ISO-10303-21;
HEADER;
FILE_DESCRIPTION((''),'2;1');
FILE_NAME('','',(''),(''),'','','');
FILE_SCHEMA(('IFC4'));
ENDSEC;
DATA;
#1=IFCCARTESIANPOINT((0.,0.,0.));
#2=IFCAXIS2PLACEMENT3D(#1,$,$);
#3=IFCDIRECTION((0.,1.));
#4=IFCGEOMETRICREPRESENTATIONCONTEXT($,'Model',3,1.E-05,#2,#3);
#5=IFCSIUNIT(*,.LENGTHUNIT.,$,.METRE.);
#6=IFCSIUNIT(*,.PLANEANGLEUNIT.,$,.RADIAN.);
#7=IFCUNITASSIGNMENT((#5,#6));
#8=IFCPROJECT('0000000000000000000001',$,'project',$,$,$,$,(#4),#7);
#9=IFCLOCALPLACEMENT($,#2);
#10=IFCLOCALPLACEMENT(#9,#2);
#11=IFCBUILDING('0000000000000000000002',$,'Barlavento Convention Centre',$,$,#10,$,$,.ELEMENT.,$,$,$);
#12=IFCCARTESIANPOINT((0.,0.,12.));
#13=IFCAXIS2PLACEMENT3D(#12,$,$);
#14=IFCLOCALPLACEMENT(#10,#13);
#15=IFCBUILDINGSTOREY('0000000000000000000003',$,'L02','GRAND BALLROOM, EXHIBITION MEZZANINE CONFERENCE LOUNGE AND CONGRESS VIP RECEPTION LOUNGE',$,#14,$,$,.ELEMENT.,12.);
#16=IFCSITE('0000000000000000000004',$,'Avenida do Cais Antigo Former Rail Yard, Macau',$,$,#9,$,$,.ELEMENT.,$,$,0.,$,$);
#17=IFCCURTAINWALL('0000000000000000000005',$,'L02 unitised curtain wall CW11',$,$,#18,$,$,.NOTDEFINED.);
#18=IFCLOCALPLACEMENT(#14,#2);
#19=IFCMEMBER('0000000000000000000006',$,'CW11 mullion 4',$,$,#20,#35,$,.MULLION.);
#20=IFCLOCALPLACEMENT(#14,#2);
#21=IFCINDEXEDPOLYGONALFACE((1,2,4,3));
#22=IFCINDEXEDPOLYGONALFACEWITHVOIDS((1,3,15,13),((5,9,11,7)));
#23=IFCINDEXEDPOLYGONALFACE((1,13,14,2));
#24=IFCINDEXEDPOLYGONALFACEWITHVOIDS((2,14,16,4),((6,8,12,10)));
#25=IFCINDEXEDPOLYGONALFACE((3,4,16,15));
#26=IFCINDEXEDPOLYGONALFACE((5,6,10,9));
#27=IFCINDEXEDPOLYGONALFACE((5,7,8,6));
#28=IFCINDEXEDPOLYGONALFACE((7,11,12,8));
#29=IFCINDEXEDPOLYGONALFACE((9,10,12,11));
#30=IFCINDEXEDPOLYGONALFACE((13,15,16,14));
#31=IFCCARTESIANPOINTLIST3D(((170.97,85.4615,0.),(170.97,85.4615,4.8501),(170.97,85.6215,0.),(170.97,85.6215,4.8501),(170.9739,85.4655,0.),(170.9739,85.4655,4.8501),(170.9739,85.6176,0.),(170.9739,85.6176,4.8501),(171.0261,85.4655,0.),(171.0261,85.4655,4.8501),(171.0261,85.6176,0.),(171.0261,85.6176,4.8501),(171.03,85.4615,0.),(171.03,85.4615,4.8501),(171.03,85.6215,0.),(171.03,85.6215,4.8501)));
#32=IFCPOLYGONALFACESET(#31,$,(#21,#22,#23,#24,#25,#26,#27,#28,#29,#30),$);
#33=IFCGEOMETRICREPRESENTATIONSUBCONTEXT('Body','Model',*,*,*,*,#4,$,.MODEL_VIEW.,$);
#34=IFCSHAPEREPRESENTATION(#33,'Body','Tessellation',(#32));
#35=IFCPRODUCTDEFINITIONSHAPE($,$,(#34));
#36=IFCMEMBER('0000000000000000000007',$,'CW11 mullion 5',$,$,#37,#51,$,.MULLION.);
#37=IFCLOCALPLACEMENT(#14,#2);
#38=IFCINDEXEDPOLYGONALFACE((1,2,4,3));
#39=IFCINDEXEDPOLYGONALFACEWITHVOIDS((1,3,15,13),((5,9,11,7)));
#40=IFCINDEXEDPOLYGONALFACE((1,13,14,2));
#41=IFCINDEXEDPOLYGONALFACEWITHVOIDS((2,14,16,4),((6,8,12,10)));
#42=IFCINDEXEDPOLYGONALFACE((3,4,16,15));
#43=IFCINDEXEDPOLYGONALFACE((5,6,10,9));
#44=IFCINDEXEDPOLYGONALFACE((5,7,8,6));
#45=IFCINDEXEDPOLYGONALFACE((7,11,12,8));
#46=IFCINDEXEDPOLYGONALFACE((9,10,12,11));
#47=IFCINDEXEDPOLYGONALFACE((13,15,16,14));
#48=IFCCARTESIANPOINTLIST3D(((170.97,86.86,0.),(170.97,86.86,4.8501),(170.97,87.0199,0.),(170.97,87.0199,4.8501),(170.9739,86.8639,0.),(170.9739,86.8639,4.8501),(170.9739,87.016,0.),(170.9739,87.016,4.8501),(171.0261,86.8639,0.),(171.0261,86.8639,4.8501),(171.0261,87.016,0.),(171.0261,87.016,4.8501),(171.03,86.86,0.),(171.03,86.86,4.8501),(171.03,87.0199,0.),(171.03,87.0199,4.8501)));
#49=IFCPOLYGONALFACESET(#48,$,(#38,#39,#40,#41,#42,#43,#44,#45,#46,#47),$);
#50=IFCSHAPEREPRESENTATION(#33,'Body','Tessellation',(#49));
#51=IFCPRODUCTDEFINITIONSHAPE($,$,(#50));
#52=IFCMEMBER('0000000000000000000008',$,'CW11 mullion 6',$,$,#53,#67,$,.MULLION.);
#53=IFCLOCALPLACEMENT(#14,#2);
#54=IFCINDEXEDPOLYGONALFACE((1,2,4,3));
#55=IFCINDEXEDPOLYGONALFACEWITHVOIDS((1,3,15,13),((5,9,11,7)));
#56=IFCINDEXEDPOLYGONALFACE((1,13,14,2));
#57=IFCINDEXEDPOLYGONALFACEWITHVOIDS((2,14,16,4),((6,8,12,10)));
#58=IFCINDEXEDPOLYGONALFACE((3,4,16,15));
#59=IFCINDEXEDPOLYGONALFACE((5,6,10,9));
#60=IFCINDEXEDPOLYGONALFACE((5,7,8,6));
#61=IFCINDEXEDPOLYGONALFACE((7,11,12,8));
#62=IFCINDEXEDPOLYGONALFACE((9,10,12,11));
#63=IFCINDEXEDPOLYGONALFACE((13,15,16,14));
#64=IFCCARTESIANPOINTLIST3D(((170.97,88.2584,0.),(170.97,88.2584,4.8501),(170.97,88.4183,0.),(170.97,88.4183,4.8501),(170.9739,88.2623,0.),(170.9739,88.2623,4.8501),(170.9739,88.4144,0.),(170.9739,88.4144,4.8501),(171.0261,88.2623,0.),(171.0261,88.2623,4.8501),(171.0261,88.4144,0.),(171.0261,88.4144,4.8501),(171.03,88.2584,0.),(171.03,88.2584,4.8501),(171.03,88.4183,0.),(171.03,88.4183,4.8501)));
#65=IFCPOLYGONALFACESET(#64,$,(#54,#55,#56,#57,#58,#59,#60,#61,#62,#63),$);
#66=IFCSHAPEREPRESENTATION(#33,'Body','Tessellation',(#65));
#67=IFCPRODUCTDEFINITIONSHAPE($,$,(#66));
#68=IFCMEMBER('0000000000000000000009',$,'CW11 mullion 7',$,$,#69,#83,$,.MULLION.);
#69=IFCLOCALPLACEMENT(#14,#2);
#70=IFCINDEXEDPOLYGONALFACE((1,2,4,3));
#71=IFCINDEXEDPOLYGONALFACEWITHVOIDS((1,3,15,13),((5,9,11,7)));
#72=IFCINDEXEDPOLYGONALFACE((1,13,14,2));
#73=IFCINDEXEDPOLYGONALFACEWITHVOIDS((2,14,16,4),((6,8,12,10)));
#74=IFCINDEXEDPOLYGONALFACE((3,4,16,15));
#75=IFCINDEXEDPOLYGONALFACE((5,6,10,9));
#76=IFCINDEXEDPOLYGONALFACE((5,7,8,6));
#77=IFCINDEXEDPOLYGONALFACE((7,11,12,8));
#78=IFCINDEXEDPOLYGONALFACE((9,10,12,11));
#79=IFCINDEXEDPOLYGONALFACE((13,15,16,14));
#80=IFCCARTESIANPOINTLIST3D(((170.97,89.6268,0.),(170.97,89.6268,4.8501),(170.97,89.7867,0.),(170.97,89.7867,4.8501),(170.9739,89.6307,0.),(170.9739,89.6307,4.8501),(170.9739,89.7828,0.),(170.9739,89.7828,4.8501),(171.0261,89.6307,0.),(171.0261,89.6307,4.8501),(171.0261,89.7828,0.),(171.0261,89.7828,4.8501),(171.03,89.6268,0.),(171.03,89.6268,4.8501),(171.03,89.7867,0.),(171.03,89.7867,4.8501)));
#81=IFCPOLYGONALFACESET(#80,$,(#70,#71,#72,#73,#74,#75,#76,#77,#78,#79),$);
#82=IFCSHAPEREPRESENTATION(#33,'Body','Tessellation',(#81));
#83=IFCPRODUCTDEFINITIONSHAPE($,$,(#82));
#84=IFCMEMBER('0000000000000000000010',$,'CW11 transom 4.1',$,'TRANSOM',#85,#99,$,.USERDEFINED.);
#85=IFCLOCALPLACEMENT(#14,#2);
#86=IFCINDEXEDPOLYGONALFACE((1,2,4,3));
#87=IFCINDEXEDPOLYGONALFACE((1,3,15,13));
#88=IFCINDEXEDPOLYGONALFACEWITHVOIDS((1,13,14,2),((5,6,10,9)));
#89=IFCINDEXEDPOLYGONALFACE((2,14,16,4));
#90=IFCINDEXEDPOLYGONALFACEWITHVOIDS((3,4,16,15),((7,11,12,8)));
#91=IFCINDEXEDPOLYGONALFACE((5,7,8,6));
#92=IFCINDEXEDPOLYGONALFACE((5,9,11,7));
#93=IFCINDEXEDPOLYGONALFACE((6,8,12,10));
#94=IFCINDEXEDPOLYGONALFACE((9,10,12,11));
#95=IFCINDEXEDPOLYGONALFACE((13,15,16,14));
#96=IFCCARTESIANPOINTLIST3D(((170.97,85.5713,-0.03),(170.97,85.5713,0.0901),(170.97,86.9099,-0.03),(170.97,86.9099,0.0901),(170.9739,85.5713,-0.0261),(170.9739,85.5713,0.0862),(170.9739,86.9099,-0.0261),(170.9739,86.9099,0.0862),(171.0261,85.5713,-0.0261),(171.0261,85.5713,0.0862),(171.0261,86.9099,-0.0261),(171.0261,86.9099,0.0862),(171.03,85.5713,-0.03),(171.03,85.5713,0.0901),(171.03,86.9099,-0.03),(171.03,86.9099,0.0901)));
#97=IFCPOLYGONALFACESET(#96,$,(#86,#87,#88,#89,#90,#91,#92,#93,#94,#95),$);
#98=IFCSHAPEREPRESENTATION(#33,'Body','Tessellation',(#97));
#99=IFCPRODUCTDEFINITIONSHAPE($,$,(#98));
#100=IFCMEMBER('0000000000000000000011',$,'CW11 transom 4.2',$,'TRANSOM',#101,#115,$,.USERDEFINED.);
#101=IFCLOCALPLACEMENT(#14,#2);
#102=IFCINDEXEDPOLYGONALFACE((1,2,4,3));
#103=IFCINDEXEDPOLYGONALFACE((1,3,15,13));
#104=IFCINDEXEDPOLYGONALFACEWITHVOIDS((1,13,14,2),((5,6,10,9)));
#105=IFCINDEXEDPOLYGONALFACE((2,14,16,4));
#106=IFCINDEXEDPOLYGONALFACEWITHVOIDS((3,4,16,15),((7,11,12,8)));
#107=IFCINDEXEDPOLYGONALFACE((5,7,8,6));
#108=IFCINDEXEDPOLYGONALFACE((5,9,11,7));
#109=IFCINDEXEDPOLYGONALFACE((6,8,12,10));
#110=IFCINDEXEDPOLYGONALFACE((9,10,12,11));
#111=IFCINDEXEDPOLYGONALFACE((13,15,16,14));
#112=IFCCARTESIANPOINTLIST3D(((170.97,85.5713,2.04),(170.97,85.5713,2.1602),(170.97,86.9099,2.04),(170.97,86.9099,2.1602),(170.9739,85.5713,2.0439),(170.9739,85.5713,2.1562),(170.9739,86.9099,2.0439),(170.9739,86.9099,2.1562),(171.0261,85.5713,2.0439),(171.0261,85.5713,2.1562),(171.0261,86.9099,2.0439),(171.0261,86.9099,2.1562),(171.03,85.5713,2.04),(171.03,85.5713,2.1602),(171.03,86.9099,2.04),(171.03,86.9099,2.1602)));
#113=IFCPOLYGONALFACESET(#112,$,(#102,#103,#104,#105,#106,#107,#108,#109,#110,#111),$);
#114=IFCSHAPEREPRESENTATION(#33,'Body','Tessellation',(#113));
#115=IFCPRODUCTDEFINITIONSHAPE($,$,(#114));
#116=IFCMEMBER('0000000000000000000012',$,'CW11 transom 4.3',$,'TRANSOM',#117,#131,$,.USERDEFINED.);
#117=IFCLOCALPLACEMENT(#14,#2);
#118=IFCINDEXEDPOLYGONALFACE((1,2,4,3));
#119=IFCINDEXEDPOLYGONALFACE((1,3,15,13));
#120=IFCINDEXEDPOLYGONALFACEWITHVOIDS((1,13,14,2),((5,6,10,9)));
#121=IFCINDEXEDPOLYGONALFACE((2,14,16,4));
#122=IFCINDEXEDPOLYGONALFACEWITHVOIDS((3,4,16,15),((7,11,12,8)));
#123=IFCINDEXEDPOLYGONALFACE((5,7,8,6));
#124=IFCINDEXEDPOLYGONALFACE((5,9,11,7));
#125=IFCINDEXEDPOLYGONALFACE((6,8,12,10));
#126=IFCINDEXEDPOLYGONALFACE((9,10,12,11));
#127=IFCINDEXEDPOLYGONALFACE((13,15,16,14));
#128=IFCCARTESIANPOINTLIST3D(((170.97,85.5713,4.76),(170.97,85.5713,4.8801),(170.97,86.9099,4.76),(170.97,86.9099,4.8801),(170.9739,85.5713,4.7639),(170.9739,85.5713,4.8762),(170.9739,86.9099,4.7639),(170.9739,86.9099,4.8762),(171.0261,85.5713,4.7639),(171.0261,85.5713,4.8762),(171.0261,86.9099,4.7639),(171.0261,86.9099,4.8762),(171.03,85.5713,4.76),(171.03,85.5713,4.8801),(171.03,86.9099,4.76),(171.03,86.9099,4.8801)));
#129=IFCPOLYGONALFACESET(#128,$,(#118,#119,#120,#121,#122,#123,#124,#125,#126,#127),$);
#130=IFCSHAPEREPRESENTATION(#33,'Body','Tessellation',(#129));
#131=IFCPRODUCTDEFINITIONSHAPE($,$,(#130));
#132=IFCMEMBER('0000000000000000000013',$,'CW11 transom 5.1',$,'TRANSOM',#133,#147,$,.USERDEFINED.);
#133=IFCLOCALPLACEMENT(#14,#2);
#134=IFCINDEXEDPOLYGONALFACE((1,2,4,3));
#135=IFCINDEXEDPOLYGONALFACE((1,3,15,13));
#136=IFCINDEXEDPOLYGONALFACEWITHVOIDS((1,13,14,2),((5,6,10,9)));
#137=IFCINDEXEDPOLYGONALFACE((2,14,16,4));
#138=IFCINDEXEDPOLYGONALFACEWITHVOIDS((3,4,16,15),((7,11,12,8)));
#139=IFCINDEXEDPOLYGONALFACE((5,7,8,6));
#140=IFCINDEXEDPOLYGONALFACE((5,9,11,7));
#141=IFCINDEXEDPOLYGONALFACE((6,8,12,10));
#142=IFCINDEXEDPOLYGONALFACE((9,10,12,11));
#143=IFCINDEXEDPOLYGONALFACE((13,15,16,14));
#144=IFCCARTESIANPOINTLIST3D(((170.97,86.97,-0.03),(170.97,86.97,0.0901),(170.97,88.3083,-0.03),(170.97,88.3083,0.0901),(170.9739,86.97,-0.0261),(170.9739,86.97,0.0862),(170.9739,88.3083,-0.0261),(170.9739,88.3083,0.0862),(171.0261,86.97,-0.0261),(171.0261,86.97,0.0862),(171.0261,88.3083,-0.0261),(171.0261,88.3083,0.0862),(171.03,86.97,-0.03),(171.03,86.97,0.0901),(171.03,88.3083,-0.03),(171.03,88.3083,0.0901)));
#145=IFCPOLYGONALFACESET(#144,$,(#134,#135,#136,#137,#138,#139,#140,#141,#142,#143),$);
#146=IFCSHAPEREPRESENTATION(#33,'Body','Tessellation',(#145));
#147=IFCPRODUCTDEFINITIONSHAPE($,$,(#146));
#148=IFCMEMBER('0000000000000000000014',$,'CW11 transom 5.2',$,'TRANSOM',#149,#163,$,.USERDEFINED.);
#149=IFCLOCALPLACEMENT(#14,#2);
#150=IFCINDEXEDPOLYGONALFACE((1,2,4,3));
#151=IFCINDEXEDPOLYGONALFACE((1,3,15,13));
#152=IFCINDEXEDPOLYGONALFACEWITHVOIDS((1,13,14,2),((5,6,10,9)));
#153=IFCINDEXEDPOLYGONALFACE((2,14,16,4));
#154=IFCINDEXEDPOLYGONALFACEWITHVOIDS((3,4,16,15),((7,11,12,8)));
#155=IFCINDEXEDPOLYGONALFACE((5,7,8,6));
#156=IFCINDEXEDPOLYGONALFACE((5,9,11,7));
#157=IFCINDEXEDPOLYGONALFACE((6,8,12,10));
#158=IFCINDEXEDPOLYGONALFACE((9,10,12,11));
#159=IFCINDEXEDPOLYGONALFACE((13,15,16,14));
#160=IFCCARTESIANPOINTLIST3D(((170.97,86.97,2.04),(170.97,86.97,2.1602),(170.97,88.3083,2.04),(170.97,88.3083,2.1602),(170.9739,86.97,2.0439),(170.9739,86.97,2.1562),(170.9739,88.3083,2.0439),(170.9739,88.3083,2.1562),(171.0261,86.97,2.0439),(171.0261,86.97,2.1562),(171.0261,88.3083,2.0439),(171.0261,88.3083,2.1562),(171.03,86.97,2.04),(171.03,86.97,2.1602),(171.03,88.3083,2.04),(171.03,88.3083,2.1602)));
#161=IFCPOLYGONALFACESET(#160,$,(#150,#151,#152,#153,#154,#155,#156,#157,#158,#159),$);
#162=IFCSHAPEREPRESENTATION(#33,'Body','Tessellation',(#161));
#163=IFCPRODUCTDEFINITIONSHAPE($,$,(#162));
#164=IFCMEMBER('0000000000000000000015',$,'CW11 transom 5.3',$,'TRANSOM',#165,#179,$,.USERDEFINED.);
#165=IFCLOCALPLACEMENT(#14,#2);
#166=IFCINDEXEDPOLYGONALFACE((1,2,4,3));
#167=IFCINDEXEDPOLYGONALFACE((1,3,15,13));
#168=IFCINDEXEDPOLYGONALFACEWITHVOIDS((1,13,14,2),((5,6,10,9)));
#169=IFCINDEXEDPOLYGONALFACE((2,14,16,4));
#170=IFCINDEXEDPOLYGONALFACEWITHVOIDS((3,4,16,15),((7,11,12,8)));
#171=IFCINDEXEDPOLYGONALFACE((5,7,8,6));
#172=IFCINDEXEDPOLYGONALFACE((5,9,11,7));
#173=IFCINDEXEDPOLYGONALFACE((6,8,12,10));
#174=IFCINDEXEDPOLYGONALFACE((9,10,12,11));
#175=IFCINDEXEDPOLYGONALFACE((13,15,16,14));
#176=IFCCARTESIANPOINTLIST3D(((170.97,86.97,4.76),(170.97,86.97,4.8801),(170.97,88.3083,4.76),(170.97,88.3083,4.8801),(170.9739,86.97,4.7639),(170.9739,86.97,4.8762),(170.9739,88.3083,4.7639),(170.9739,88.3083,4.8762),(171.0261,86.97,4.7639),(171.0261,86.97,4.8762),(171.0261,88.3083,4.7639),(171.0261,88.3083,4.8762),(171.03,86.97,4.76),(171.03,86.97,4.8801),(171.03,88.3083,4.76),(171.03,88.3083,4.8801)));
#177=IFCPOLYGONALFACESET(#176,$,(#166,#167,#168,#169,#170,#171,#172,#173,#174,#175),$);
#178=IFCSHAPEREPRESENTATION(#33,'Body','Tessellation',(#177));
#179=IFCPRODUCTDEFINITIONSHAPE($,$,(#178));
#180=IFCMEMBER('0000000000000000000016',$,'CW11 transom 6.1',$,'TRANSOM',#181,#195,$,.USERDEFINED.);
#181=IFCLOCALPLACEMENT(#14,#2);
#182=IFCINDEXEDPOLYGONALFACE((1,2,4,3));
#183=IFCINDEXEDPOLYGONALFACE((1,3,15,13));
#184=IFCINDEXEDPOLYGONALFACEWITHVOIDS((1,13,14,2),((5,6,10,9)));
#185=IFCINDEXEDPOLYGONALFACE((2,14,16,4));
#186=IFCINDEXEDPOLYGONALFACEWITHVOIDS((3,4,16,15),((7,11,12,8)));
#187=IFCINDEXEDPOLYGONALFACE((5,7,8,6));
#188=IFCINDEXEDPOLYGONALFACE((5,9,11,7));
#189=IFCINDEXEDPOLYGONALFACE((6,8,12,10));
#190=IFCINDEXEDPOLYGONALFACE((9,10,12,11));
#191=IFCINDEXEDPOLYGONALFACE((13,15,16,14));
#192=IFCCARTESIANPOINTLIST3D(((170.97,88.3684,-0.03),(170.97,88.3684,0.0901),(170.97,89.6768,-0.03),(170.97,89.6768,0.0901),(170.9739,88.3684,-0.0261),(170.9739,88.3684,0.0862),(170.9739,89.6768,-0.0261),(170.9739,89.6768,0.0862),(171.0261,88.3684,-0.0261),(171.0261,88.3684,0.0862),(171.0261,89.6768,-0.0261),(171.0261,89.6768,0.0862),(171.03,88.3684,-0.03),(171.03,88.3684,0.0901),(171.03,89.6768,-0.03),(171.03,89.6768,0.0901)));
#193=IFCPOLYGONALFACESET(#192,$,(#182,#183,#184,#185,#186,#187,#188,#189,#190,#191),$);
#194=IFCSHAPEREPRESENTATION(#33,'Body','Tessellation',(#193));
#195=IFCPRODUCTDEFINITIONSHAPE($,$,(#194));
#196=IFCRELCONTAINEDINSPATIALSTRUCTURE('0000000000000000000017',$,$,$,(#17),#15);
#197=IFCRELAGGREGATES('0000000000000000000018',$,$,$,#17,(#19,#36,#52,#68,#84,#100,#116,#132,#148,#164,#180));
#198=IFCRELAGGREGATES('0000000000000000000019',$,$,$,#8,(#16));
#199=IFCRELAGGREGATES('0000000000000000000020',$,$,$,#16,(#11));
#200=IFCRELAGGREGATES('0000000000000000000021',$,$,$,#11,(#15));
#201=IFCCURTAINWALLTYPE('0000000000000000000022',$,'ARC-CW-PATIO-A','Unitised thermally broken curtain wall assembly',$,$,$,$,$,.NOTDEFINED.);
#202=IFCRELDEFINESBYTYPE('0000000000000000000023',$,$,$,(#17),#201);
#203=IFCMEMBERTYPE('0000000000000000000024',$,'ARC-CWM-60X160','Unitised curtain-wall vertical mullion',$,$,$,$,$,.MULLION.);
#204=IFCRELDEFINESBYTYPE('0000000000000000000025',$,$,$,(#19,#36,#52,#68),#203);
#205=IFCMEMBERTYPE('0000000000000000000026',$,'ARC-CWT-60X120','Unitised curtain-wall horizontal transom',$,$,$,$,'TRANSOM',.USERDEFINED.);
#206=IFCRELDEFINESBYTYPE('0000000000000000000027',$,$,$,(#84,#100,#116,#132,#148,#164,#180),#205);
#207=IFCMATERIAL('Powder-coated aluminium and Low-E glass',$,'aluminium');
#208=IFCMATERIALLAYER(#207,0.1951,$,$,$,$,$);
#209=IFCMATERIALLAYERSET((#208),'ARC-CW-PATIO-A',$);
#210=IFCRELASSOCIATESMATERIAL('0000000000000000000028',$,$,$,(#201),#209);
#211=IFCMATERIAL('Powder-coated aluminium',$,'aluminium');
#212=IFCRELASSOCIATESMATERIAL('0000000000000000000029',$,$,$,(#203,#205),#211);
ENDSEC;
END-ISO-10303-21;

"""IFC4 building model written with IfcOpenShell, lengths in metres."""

from ifc_helpers import new_model, si_unit, direction, frame, origin, origin_2d, place, context, subcontext, project, spatial, hollow_rectangle, extrude, material, layer, layer_set, material_profile, profile_set, type_object, element, aggregate, save


model = new_model("IFC4")

# Units and contexts
model_context = context("Model", 3, precision=1e-05, world=origin(), true_north=direction((0.0, 1.0)))
body_context = subcontext(model_context, "Body", "Model", "MODEL_VIEW")
ifc_project = project(units=[si_unit("LENGTHUNIT", "METRE"), si_unit("PLANEANGLEUNIT", "RADIAN")], contexts=[model_context])

# Site, building, storey
site_placement = place(None, origin())
site = spatial("IfcSite", under=ifc_project, at=site_placement, Name="Avenida do Cais Antigo Former Rail Yard, Macau", CompositionType="ELEMENT", RefElevation=0.0)
building_placement = place(site_placement, origin())
building = spatial("IfcBuilding", under=site, at=building_placement, Name="Barlavento Convention Centre", CompositionType="ELEMENT")
storey_placement = place(building_placement, frame((0.0, 0.0, 12.0)))
storey = spatial("IfcBuildingStorey", under=building, at=storey_placement, Name="L02", Description="GRAND BALLROOM, EXHIBITION MEZZANINE CONFERENCE LOUNGE AND CONGRESS VIP RECEPTION LOUNGE", CompositionType="ELEMENT", Elevation=12.0)

# Curtain wall, members
ifc_material_1 = material(Name="Powder-coated aluminium and Low-E glass", Category="aluminium")
ifc_layer_1 = layer(ifc_material_1, 0.1951)
ifc_layer_set_1 = layer_set([ifc_layer_1], Name="ARC-CW-PATIO-A")
curtain_wall_type = type_object("IfcCurtainWallType", Name="ARC-CW-PATIO-A", Description="Unitised thermally broken curtain wall assembly", PredefinedType="NOTDEFINED", material=ifc_layer_set_1)
curtain_wall_placement = place(storey_placement, origin())
curtain_wall = element("IfcCurtainWall", 1, at=curtain_wall_placement, inside=storey, type_object=curtain_wall_type, Name="L02 unitised curtain wall CW11", PredefinedType="NOTDEFINED")
ifc_material_2 = material(Name="Powder-coated aluminium", Category="aluminium")
ifc_material_profile_1 = material_profile(ifc_material_2, hollow_rectangle(XDim=0.0601, YDim=0.1599, WallThickness=0.0039, at=origin_2d()), Name="AL-MULL 60x160x4")
ifc_profile_set_1 = profile_set([ifc_material_profile_1], Name="Powder-coated aluminium")
member_type_1 = type_object("IfcMemberType", Name="ARC-CWM-60X160", Description="Unitised curtain-wall vertical mullion", PredefinedType="MULLION", material=ifc_profile_set_1)
member_1_placement = place(storey_placement, frame((171.0, 85.5415, 0.0), z_axis=(0.0, 0.0, 1.0), x_axis=(-1.0, 0.0, 0.0)))
member_1 = element("IfcMember", 2, at=member_1_placement, type_object=member_type_1, Name="CW11 mullion 4", PredefinedType="MULLION", context=body_context, shape_type="SweptSolid", body=[
    extrude(hollow_rectangle(XDim=0.0601, YDim=0.1599, WallThickness=0.0039, at=origin_2d()), origin(), (0.0, 0.0, 1.0), 4.8501),
])
member_2_placement = place(storey_placement, frame((171.0, 86.9399, 0.0), z_axis=(0.0, 0.0, 1.0), x_axis=(-1.0, 0.0, 0.0)))
member_2 = element("IfcMember", 3, at=member_2_placement, type_object=member_type_1, Name="CW11 mullion 5", PredefinedType="MULLION", context=body_context, shape_type="SweptSolid", body=[
    extrude(hollow_rectangle(XDim=0.0601, YDim=0.1599, WallThickness=0.0039, at=origin_2d()), origin(), (0.0, 0.0, 1.0), 4.8501),
])
member_3_placement = place(storey_placement, frame((171.0, 88.3384, 0.0), z_axis=(0.0, 0.0, 1.0), x_axis=(-1.0, 0.0, 0.0)))
member_3 = element("IfcMember", 4, at=member_3_placement, type_object=member_type_1, Name="CW11 mullion 6", PredefinedType="MULLION", context=body_context, shape_type="SweptSolid", body=[
    extrude(hollow_rectangle(XDim=0.0601, YDim=0.1599, WallThickness=0.0039, at=origin_2d()), origin(), (0.0, 0.0, 1.0), 4.8501),
])
member_4_placement = place(storey_placement, frame((171.0, 89.7068, 0.0), z_axis=(0.0, 0.0, 1.0), x_axis=(-1.0, 0.0, 0.0)))
member_4 = element("IfcMember", 5, at=member_4_placement, type_object=member_type_1, Name="CW11 mullion 7", PredefinedType="MULLION", context=body_context, shape_type="SweptSolid", body=[
    extrude(hollow_rectangle(XDim=0.0601, YDim=0.1599, WallThickness=0.0039, at=origin_2d()), origin(), (0.0, 0.0, 1.0), 4.8501),
])
ifc_material_profile_2 = material_profile(ifc_material_2, hollow_rectangle(XDim=0.0601, YDim=0.1201, WallThickness=0.0039, at=origin_2d()), Name="AL-TRAN 60x120x4")
ifc_profile_set_2 = profile_set([ifc_material_profile_2], Name="Powder-coated aluminium")
member_type_2 = type_object("IfcMemberType", Name="ARC-CWT-60X120", Description="Unitised curtain-wall horizontal transom", ElementType="TRANSOM", PredefinedType="USERDEFINED", material=ifc_profile_set_2)
member_5_placement = place(storey_placement, frame((171.0, 85.5713, 0.03), z_axis=(0.0, 1.0, 0.0), x_axis=(-1.0, 0.0, 0.0)))
member_5 = element("IfcMember", 6, at=member_5_placement, type_object=member_type_2, Name="CW11 transom 4.1", ObjectType="TRANSOM", PredefinedType="USERDEFINED", context=body_context, shape_type="SweptSolid", body=[
    extrude(hollow_rectangle(XDim=0.0601, YDim=0.1201, WallThickness=0.0039, at=origin_2d()), origin(), (0.0, 0.0, 1.0), 1.3386),
])
member_6_placement = place(storey_placement, frame((171.0, 85.5713, 2.1001), z_axis=(0.0, 1.0, 0.0), x_axis=(-1.0, 0.0, 0.0)))
member_6 = element("IfcMember", 7, at=member_6_placement, type_object=member_type_2, Name="CW11 transom 4.2", ObjectType="TRANSOM", PredefinedType="USERDEFINED", context=body_context, shape_type="SweptSolid", body=[
    extrude(hollow_rectangle(XDim=0.0601, YDim=0.1201, WallThickness=0.0039, at=origin_2d()), origin(), (0.0, 0.0, 1.0), 1.3386),
])
member_7_placement = place(storey_placement, frame((171.0, 85.5713, 4.8201), z_axis=(0.0, 1.0, 0.0), x_axis=(-1.0, 0.0, 0.0)))
member_7 = element("IfcMember", 8, at=member_7_placement, type_object=member_type_2, Name="CW11 transom 4.3", ObjectType="TRANSOM", PredefinedType="USERDEFINED", context=body_context, shape_type="SweptSolid", body=[
    extrude(hollow_rectangle(XDim=0.0601, YDim=0.1201, WallThickness=0.0039, at=origin_2d()), origin(), (0.0, 0.0, 1.0), 1.3386),
])
member_8_placement = place(storey_placement, frame((171.0, 86.97, 0.03), z_axis=(0.0, 1.0, 0.0), x_axis=(-1.0, 0.0, 0.0)))
member_8 = element("IfcMember", 9, at=member_8_placement, type_object=member_type_2, Name="CW11 transom 5.1", ObjectType="TRANSOM", PredefinedType="USERDEFINED", context=body_context, shape_type="SweptSolid", body=[
    extrude(hollow_rectangle(XDim=0.0601, YDim=0.1201, WallThickness=0.0039, at=origin_2d()), origin(), (0.0, 0.0, 1.0), 1.3384),
])
member_9_placement = place(storey_placement, frame((171.0, 86.97, 2.1001), z_axis=(0.0, 1.0, 0.0), x_axis=(-1.0, 0.0, 0.0)))
member_9 = element("IfcMember", 10, at=member_9_placement, type_object=member_type_2, Name="CW11 transom 5.2", ObjectType="TRANSOM", PredefinedType="USERDEFINED", context=body_context, shape_type="SweptSolid", body=[
    extrude(hollow_rectangle(XDim=0.0601, YDim=0.1201, WallThickness=0.0039, at=origin_2d()), origin(), (0.0, 0.0, 1.0), 1.3384),
])
member_10_placement = place(storey_placement, frame((171.0, 86.97, 4.8201), z_axis=(0.0, 1.0, 0.0), x_axis=(-1.0, 0.0, 0.0)))
member_10 = element("IfcMember", 11, at=member_10_placement, type_object=member_type_2, Name="CW11 transom 5.3", ObjectType="TRANSOM", PredefinedType="USERDEFINED", context=body_context, shape_type="SweptSolid", body=[
    extrude(hollow_rectangle(XDim=0.0601, YDim=0.1201, WallThickness=0.0039, at=origin_2d()), origin(), (0.0, 0.0, 1.0), 1.3384),
])
member_11_placement = place(storey_placement, frame((171.0, 88.3684, 0.03), z_axis=(0.0, 1.0, 0.0), x_axis=(-1.0, 0.0, 0.0)))
member_11 = element("IfcMember", 12, at=member_11_placement, type_object=member_type_2, Name="CW11 transom 6.1", ObjectType="TRANSOM", PredefinedType="USERDEFINED", context=body_context, shape_type="SweptSolid", body=[
    extrude(hollow_rectangle(XDim=0.0601, YDim=0.1201, WallThickness=0.0039, at=origin_2d()), origin(), (0.0, 0.0, 1.0), 1.3083),
])
aggregate(curtain_wall, [member_1, member_2, member_3, member_4, member_5, member_6, member_7, member_8, member_9, member_10, member_11])

save(model, "model.ifc")
